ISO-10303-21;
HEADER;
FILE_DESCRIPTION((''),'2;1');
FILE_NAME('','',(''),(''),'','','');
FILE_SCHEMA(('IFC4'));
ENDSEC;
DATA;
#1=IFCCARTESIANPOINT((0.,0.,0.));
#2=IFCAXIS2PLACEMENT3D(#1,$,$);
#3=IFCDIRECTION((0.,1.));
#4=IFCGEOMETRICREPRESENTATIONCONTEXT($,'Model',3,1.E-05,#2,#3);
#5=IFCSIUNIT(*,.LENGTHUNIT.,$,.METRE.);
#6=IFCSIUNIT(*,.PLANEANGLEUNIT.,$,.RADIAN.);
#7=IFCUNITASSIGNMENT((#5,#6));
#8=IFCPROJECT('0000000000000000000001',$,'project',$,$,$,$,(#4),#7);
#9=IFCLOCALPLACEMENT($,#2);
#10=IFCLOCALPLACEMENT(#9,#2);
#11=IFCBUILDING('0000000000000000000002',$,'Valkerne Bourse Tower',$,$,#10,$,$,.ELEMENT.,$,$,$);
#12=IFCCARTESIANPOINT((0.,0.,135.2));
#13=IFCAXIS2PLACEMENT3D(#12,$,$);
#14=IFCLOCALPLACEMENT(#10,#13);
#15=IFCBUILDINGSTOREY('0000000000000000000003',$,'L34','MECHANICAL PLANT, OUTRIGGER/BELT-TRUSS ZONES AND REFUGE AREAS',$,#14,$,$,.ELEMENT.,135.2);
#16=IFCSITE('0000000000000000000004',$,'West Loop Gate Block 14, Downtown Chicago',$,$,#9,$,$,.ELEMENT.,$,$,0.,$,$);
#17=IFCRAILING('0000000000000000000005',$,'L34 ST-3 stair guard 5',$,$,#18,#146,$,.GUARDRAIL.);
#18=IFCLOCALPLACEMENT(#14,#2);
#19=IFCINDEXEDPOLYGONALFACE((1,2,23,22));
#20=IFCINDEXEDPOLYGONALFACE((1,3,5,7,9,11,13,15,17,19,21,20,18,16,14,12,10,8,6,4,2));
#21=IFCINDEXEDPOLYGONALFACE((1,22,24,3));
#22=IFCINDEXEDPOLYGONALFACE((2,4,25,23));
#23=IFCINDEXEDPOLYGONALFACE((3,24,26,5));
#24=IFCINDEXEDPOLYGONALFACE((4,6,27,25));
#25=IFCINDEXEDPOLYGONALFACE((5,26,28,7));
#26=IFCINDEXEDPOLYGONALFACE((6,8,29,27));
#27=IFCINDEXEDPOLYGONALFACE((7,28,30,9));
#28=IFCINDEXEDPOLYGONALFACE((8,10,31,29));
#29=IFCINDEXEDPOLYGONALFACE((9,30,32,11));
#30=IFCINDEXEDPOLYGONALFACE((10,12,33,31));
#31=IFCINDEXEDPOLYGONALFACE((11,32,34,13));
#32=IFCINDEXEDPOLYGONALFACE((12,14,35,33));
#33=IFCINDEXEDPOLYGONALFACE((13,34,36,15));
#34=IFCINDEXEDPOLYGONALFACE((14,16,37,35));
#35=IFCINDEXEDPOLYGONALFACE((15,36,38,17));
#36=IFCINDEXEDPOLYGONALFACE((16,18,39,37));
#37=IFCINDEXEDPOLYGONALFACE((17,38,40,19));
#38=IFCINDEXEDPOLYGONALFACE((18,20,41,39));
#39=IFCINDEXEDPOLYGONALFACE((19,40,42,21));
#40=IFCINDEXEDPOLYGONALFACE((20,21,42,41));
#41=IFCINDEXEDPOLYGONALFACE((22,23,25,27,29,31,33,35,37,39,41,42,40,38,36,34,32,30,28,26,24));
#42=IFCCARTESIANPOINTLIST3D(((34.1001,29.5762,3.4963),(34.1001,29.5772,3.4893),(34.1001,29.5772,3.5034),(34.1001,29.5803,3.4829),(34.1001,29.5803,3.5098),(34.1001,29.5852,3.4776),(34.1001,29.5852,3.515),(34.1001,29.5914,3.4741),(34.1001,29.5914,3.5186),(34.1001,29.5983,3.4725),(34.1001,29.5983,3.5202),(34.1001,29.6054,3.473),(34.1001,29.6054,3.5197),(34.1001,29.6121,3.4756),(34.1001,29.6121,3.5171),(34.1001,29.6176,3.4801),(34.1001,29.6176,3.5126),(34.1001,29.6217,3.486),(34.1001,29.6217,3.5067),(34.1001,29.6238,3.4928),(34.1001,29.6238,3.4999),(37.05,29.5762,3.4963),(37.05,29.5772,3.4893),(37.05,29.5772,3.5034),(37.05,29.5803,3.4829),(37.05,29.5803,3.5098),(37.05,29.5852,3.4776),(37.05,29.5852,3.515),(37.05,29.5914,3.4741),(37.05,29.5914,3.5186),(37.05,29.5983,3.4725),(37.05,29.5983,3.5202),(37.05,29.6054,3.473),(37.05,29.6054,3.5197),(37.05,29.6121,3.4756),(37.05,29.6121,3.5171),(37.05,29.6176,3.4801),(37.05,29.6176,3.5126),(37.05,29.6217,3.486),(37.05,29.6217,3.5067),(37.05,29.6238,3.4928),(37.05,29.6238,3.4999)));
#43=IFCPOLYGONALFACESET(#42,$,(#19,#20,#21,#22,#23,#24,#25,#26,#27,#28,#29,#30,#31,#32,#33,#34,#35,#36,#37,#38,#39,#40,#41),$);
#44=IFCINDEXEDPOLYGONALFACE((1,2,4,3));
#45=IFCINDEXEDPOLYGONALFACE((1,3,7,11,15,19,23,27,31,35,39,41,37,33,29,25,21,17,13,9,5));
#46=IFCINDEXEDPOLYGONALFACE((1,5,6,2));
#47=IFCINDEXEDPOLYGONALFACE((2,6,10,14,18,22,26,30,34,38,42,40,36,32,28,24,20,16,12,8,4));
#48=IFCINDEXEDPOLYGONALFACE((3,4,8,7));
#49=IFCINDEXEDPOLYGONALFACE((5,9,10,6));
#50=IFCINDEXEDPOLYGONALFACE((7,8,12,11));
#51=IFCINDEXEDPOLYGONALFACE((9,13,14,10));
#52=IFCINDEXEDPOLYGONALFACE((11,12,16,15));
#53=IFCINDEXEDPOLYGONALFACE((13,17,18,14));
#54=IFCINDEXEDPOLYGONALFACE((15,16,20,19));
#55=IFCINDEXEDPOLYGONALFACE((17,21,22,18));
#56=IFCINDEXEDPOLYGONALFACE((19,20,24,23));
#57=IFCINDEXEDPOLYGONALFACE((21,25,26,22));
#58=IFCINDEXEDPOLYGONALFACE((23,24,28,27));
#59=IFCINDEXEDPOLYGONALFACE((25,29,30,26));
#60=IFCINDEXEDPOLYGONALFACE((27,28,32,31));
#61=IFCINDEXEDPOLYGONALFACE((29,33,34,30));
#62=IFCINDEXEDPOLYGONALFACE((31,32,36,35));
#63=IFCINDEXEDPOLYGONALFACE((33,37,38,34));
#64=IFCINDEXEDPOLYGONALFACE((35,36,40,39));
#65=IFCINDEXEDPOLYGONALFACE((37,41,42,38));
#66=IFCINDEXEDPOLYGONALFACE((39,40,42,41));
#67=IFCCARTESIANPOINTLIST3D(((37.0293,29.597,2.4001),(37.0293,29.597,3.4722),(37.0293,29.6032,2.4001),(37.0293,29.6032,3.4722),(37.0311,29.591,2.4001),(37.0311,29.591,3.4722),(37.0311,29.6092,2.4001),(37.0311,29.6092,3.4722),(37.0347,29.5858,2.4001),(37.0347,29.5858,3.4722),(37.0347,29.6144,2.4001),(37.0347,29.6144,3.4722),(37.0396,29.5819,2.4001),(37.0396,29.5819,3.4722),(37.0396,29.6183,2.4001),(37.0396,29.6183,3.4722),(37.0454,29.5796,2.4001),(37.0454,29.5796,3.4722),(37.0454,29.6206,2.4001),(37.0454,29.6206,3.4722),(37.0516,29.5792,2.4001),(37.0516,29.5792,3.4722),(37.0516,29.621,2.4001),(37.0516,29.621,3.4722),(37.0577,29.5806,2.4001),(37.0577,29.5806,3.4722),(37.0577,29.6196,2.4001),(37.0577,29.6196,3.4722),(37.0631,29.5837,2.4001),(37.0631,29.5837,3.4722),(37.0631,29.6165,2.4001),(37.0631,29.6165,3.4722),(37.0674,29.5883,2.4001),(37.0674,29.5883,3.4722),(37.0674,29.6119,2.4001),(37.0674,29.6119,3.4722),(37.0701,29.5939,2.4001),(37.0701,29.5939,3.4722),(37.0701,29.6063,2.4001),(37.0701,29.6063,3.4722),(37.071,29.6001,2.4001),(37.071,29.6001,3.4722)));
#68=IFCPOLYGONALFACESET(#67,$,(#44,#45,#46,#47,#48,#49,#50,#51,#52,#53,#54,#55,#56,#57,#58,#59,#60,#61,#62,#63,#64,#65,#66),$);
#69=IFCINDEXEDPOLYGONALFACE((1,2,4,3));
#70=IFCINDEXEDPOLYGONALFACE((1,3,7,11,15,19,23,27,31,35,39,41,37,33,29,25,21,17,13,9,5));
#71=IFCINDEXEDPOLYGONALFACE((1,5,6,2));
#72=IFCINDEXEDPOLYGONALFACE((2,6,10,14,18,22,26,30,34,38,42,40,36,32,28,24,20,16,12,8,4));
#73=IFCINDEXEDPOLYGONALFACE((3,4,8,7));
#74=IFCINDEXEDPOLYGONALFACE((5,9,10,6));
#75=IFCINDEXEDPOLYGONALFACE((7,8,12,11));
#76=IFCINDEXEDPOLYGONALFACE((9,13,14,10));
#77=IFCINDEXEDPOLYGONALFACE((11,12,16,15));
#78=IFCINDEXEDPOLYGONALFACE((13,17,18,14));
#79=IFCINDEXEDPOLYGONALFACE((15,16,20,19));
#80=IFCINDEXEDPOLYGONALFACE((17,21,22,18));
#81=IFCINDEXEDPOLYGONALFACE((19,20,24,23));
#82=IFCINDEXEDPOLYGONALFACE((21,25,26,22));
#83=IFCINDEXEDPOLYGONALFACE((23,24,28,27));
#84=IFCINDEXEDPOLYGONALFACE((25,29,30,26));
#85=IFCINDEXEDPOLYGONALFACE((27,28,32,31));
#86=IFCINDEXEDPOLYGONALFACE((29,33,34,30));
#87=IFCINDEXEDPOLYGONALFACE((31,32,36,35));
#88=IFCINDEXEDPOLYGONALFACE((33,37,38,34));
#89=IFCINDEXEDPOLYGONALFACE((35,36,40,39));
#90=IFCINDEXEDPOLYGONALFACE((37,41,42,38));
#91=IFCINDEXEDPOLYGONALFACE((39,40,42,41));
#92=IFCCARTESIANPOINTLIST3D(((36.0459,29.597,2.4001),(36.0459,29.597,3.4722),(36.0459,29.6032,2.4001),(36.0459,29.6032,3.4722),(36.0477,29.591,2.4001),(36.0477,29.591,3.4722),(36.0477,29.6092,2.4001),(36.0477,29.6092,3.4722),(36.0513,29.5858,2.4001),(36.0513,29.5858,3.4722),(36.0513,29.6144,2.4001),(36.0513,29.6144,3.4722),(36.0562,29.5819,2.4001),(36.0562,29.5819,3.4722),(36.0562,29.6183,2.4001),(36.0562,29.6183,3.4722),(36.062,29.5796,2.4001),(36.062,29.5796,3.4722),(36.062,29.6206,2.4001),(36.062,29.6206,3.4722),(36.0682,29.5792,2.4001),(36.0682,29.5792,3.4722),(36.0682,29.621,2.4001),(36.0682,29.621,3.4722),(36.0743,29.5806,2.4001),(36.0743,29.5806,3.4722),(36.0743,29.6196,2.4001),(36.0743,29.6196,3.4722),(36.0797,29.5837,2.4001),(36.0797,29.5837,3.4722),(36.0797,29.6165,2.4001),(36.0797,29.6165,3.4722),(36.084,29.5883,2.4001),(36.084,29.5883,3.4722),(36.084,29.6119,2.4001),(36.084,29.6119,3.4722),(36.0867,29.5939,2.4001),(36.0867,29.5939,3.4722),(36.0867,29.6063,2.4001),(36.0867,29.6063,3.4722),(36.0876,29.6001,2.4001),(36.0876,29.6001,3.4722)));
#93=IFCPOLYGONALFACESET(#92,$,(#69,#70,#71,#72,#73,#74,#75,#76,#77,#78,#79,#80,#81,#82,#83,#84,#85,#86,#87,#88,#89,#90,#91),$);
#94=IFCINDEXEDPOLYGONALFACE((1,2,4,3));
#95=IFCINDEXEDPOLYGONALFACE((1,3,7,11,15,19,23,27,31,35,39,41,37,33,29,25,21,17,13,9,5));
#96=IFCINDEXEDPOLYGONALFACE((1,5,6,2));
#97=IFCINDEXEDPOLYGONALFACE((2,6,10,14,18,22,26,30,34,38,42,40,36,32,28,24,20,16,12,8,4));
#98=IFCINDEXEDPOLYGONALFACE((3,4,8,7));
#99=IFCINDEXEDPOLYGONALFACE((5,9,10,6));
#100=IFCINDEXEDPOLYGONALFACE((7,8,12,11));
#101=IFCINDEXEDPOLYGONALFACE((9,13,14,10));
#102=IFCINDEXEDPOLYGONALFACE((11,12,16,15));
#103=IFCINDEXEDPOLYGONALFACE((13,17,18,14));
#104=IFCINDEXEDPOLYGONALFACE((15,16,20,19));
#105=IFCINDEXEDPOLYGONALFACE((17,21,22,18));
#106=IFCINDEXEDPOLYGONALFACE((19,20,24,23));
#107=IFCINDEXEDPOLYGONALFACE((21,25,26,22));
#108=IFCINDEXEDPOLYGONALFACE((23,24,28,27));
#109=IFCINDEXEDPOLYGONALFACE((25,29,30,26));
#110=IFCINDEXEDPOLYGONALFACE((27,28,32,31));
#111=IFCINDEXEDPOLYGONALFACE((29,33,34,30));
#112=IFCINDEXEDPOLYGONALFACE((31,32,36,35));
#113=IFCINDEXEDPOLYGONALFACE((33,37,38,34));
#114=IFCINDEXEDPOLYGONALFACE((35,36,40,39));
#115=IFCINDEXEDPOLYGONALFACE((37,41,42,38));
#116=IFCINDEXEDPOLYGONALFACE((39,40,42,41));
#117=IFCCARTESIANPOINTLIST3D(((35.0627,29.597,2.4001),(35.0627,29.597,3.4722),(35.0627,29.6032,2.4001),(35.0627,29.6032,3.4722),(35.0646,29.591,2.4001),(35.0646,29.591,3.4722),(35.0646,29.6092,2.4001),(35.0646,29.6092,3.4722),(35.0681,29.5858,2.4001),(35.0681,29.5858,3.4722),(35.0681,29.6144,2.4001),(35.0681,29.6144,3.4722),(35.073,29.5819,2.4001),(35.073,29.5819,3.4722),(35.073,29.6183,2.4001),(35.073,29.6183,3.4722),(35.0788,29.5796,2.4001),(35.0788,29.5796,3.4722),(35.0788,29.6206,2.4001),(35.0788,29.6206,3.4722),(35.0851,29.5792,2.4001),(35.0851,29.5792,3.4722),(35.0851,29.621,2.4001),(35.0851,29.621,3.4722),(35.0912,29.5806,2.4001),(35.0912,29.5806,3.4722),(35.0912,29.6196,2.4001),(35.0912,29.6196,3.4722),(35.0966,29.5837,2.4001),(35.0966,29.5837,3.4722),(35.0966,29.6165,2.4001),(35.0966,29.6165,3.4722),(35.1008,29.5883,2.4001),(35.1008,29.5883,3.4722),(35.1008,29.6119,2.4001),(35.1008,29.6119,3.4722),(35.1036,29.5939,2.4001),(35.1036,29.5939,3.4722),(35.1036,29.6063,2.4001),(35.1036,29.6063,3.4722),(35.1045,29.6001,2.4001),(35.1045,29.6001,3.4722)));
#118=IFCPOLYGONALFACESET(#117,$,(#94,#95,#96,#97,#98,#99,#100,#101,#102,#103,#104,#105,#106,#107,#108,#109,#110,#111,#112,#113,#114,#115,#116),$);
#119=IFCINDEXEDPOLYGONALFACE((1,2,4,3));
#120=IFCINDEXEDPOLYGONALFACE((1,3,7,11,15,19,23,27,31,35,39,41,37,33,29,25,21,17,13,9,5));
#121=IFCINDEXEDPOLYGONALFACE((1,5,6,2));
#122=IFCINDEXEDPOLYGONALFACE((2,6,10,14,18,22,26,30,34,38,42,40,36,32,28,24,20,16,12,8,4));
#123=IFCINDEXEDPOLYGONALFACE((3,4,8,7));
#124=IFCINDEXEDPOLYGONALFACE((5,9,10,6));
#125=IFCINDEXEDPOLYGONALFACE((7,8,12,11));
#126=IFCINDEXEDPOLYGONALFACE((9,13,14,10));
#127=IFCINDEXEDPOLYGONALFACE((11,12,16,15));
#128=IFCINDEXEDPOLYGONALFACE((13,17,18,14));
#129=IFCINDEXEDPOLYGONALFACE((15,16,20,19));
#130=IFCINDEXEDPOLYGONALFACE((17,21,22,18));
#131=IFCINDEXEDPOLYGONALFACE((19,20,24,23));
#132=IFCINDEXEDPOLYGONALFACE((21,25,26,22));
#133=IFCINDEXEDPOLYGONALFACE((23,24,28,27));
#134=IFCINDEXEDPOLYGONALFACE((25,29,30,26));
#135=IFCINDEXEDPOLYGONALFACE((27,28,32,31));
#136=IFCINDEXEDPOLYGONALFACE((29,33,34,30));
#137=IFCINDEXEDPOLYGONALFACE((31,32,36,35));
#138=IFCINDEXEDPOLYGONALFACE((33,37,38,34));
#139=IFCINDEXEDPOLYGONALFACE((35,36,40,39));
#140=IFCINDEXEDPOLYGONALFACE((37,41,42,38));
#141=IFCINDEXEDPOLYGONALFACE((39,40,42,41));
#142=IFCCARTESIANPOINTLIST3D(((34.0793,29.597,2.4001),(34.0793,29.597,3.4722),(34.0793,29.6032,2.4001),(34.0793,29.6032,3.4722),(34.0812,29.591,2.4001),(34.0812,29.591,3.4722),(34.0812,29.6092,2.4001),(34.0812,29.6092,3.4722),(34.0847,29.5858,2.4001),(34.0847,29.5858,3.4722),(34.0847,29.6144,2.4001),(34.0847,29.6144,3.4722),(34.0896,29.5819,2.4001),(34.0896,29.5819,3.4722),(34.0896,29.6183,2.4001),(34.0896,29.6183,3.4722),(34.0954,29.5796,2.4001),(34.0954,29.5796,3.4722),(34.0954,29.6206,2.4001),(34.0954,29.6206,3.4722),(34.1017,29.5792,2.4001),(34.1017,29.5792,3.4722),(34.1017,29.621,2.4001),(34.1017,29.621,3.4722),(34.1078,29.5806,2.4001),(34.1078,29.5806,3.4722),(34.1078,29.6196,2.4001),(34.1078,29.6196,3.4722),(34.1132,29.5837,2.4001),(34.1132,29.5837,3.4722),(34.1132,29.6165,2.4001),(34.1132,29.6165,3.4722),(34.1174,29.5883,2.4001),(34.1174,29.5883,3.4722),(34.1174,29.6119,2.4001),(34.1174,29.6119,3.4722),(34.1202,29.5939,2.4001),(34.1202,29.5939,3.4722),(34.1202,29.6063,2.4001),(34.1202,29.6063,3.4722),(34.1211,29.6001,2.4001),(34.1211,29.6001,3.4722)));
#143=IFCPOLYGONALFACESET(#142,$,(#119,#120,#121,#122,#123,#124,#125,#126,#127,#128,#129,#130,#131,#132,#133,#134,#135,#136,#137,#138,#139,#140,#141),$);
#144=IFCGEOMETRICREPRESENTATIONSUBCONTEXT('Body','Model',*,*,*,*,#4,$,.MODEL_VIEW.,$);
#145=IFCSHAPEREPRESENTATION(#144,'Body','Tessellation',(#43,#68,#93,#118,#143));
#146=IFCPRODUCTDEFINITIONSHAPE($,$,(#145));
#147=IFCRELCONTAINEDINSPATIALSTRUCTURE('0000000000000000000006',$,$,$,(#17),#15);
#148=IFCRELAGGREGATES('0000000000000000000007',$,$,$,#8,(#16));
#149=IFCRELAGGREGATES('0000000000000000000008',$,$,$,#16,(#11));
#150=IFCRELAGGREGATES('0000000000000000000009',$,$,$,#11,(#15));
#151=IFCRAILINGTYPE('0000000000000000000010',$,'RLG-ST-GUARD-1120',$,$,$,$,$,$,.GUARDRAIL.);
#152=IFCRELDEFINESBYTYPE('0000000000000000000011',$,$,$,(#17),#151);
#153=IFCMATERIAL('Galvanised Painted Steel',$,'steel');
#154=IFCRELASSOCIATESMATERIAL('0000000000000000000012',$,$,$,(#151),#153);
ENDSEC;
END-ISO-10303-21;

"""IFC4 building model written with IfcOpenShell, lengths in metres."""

from ifc_helpers import new_model, si_unit, direction, frame, origin, origin_2d, place, context, subcontext, project, spatial, circle, extrude, material, type_object, element, save


model = new_model("IFC4")

# Units and contexts
model_context = context("Model", 3, precision=1e-05, world=origin(), true_north=direction((0.0, 1.0)))
body_context = subcontext(model_context, "Body", "Model", "MODEL_VIEW")
ifc_project = project(units=[si_unit("LENGTHUNIT", "METRE"), si_unit("PLANEANGLEUNIT", "RADIAN")], contexts=[model_context])

# Site, building, storey
site_placement = place(None, origin())
site = spatial("IfcSite", under=ifc_project, at=site_placement, Name="West Loop Gate Block 14, Downtown Chicago", CompositionType="ELEMENT", RefElevation=0.0)
building_placement = place(site_placement, origin())
building = spatial("IfcBuilding", under=site, at=building_placement, Name="Valkerne Bourse Tower", CompositionType="ELEMENT")
storey_placement = place(building_placement, frame((0.0, 0.0, 135.2)))
storey = spatial("IfcBuildingStorey", under=building, at=storey_placement, Name="L34", Description="MECHANICAL PLANT, OUTRIGGER/BELT-TRUSS ZONES AND REFUGE AREAS", CompositionType="ELEMENT", Elevation=135.2)

# Shared definitions
ifc_material_1 = material(Name="Galvanised Painted Steel", Category="steel")

# Railing
railing_type_1 = type_object("IfcRailingType", Name="RLG-ST-GUARD-1120", PredefinedType="GUARDRAIL", material=ifc_material_1)
railing_1_placement = place(storey_placement, frame((37.05, 29.6001, 2.4001)))
element("IfcRailing", 1, at=railing_1_placement, inside=storey, type_object=railing_type_1, Name="L34 ST-3 stair guard 5", PredefinedType="GUARDRAIL", context=body_context, shape_type="SweptSolid", body=[
    extrude(circle(Radius=0.0239, at=origin_2d()), frame((0.0, 0.0, 1.0962), z_axis=(-1.0, 0.0, 0.0), x_axis=(0.0, -1.0, 0.0)), (0.0, 0.0, 1.0), 2.95),
    extrude(circle(Radius=0.021, at=origin_2d()), origin(), (0.0, 0.0, 1.0), 1.072),
    extrude(circle(Radius=0.021, at=origin_2d()), frame((-0.9834, 0.0, 0.0)), (0.0, 0.0, 1.0), 1.072),
    extrude(circle(Radius=0.021, at=origin_2d()), frame((-1.9666, 0.0, 0.0)), (0.0, 0.0, 1.0), 1.072),
    extrude(circle(Radius=0.021, at=origin_2d()), frame((-2.95, 0.0, 0.0)), (0.0, 0.0, 1.0), 1.072),
])

save(model, "model.ifc")
